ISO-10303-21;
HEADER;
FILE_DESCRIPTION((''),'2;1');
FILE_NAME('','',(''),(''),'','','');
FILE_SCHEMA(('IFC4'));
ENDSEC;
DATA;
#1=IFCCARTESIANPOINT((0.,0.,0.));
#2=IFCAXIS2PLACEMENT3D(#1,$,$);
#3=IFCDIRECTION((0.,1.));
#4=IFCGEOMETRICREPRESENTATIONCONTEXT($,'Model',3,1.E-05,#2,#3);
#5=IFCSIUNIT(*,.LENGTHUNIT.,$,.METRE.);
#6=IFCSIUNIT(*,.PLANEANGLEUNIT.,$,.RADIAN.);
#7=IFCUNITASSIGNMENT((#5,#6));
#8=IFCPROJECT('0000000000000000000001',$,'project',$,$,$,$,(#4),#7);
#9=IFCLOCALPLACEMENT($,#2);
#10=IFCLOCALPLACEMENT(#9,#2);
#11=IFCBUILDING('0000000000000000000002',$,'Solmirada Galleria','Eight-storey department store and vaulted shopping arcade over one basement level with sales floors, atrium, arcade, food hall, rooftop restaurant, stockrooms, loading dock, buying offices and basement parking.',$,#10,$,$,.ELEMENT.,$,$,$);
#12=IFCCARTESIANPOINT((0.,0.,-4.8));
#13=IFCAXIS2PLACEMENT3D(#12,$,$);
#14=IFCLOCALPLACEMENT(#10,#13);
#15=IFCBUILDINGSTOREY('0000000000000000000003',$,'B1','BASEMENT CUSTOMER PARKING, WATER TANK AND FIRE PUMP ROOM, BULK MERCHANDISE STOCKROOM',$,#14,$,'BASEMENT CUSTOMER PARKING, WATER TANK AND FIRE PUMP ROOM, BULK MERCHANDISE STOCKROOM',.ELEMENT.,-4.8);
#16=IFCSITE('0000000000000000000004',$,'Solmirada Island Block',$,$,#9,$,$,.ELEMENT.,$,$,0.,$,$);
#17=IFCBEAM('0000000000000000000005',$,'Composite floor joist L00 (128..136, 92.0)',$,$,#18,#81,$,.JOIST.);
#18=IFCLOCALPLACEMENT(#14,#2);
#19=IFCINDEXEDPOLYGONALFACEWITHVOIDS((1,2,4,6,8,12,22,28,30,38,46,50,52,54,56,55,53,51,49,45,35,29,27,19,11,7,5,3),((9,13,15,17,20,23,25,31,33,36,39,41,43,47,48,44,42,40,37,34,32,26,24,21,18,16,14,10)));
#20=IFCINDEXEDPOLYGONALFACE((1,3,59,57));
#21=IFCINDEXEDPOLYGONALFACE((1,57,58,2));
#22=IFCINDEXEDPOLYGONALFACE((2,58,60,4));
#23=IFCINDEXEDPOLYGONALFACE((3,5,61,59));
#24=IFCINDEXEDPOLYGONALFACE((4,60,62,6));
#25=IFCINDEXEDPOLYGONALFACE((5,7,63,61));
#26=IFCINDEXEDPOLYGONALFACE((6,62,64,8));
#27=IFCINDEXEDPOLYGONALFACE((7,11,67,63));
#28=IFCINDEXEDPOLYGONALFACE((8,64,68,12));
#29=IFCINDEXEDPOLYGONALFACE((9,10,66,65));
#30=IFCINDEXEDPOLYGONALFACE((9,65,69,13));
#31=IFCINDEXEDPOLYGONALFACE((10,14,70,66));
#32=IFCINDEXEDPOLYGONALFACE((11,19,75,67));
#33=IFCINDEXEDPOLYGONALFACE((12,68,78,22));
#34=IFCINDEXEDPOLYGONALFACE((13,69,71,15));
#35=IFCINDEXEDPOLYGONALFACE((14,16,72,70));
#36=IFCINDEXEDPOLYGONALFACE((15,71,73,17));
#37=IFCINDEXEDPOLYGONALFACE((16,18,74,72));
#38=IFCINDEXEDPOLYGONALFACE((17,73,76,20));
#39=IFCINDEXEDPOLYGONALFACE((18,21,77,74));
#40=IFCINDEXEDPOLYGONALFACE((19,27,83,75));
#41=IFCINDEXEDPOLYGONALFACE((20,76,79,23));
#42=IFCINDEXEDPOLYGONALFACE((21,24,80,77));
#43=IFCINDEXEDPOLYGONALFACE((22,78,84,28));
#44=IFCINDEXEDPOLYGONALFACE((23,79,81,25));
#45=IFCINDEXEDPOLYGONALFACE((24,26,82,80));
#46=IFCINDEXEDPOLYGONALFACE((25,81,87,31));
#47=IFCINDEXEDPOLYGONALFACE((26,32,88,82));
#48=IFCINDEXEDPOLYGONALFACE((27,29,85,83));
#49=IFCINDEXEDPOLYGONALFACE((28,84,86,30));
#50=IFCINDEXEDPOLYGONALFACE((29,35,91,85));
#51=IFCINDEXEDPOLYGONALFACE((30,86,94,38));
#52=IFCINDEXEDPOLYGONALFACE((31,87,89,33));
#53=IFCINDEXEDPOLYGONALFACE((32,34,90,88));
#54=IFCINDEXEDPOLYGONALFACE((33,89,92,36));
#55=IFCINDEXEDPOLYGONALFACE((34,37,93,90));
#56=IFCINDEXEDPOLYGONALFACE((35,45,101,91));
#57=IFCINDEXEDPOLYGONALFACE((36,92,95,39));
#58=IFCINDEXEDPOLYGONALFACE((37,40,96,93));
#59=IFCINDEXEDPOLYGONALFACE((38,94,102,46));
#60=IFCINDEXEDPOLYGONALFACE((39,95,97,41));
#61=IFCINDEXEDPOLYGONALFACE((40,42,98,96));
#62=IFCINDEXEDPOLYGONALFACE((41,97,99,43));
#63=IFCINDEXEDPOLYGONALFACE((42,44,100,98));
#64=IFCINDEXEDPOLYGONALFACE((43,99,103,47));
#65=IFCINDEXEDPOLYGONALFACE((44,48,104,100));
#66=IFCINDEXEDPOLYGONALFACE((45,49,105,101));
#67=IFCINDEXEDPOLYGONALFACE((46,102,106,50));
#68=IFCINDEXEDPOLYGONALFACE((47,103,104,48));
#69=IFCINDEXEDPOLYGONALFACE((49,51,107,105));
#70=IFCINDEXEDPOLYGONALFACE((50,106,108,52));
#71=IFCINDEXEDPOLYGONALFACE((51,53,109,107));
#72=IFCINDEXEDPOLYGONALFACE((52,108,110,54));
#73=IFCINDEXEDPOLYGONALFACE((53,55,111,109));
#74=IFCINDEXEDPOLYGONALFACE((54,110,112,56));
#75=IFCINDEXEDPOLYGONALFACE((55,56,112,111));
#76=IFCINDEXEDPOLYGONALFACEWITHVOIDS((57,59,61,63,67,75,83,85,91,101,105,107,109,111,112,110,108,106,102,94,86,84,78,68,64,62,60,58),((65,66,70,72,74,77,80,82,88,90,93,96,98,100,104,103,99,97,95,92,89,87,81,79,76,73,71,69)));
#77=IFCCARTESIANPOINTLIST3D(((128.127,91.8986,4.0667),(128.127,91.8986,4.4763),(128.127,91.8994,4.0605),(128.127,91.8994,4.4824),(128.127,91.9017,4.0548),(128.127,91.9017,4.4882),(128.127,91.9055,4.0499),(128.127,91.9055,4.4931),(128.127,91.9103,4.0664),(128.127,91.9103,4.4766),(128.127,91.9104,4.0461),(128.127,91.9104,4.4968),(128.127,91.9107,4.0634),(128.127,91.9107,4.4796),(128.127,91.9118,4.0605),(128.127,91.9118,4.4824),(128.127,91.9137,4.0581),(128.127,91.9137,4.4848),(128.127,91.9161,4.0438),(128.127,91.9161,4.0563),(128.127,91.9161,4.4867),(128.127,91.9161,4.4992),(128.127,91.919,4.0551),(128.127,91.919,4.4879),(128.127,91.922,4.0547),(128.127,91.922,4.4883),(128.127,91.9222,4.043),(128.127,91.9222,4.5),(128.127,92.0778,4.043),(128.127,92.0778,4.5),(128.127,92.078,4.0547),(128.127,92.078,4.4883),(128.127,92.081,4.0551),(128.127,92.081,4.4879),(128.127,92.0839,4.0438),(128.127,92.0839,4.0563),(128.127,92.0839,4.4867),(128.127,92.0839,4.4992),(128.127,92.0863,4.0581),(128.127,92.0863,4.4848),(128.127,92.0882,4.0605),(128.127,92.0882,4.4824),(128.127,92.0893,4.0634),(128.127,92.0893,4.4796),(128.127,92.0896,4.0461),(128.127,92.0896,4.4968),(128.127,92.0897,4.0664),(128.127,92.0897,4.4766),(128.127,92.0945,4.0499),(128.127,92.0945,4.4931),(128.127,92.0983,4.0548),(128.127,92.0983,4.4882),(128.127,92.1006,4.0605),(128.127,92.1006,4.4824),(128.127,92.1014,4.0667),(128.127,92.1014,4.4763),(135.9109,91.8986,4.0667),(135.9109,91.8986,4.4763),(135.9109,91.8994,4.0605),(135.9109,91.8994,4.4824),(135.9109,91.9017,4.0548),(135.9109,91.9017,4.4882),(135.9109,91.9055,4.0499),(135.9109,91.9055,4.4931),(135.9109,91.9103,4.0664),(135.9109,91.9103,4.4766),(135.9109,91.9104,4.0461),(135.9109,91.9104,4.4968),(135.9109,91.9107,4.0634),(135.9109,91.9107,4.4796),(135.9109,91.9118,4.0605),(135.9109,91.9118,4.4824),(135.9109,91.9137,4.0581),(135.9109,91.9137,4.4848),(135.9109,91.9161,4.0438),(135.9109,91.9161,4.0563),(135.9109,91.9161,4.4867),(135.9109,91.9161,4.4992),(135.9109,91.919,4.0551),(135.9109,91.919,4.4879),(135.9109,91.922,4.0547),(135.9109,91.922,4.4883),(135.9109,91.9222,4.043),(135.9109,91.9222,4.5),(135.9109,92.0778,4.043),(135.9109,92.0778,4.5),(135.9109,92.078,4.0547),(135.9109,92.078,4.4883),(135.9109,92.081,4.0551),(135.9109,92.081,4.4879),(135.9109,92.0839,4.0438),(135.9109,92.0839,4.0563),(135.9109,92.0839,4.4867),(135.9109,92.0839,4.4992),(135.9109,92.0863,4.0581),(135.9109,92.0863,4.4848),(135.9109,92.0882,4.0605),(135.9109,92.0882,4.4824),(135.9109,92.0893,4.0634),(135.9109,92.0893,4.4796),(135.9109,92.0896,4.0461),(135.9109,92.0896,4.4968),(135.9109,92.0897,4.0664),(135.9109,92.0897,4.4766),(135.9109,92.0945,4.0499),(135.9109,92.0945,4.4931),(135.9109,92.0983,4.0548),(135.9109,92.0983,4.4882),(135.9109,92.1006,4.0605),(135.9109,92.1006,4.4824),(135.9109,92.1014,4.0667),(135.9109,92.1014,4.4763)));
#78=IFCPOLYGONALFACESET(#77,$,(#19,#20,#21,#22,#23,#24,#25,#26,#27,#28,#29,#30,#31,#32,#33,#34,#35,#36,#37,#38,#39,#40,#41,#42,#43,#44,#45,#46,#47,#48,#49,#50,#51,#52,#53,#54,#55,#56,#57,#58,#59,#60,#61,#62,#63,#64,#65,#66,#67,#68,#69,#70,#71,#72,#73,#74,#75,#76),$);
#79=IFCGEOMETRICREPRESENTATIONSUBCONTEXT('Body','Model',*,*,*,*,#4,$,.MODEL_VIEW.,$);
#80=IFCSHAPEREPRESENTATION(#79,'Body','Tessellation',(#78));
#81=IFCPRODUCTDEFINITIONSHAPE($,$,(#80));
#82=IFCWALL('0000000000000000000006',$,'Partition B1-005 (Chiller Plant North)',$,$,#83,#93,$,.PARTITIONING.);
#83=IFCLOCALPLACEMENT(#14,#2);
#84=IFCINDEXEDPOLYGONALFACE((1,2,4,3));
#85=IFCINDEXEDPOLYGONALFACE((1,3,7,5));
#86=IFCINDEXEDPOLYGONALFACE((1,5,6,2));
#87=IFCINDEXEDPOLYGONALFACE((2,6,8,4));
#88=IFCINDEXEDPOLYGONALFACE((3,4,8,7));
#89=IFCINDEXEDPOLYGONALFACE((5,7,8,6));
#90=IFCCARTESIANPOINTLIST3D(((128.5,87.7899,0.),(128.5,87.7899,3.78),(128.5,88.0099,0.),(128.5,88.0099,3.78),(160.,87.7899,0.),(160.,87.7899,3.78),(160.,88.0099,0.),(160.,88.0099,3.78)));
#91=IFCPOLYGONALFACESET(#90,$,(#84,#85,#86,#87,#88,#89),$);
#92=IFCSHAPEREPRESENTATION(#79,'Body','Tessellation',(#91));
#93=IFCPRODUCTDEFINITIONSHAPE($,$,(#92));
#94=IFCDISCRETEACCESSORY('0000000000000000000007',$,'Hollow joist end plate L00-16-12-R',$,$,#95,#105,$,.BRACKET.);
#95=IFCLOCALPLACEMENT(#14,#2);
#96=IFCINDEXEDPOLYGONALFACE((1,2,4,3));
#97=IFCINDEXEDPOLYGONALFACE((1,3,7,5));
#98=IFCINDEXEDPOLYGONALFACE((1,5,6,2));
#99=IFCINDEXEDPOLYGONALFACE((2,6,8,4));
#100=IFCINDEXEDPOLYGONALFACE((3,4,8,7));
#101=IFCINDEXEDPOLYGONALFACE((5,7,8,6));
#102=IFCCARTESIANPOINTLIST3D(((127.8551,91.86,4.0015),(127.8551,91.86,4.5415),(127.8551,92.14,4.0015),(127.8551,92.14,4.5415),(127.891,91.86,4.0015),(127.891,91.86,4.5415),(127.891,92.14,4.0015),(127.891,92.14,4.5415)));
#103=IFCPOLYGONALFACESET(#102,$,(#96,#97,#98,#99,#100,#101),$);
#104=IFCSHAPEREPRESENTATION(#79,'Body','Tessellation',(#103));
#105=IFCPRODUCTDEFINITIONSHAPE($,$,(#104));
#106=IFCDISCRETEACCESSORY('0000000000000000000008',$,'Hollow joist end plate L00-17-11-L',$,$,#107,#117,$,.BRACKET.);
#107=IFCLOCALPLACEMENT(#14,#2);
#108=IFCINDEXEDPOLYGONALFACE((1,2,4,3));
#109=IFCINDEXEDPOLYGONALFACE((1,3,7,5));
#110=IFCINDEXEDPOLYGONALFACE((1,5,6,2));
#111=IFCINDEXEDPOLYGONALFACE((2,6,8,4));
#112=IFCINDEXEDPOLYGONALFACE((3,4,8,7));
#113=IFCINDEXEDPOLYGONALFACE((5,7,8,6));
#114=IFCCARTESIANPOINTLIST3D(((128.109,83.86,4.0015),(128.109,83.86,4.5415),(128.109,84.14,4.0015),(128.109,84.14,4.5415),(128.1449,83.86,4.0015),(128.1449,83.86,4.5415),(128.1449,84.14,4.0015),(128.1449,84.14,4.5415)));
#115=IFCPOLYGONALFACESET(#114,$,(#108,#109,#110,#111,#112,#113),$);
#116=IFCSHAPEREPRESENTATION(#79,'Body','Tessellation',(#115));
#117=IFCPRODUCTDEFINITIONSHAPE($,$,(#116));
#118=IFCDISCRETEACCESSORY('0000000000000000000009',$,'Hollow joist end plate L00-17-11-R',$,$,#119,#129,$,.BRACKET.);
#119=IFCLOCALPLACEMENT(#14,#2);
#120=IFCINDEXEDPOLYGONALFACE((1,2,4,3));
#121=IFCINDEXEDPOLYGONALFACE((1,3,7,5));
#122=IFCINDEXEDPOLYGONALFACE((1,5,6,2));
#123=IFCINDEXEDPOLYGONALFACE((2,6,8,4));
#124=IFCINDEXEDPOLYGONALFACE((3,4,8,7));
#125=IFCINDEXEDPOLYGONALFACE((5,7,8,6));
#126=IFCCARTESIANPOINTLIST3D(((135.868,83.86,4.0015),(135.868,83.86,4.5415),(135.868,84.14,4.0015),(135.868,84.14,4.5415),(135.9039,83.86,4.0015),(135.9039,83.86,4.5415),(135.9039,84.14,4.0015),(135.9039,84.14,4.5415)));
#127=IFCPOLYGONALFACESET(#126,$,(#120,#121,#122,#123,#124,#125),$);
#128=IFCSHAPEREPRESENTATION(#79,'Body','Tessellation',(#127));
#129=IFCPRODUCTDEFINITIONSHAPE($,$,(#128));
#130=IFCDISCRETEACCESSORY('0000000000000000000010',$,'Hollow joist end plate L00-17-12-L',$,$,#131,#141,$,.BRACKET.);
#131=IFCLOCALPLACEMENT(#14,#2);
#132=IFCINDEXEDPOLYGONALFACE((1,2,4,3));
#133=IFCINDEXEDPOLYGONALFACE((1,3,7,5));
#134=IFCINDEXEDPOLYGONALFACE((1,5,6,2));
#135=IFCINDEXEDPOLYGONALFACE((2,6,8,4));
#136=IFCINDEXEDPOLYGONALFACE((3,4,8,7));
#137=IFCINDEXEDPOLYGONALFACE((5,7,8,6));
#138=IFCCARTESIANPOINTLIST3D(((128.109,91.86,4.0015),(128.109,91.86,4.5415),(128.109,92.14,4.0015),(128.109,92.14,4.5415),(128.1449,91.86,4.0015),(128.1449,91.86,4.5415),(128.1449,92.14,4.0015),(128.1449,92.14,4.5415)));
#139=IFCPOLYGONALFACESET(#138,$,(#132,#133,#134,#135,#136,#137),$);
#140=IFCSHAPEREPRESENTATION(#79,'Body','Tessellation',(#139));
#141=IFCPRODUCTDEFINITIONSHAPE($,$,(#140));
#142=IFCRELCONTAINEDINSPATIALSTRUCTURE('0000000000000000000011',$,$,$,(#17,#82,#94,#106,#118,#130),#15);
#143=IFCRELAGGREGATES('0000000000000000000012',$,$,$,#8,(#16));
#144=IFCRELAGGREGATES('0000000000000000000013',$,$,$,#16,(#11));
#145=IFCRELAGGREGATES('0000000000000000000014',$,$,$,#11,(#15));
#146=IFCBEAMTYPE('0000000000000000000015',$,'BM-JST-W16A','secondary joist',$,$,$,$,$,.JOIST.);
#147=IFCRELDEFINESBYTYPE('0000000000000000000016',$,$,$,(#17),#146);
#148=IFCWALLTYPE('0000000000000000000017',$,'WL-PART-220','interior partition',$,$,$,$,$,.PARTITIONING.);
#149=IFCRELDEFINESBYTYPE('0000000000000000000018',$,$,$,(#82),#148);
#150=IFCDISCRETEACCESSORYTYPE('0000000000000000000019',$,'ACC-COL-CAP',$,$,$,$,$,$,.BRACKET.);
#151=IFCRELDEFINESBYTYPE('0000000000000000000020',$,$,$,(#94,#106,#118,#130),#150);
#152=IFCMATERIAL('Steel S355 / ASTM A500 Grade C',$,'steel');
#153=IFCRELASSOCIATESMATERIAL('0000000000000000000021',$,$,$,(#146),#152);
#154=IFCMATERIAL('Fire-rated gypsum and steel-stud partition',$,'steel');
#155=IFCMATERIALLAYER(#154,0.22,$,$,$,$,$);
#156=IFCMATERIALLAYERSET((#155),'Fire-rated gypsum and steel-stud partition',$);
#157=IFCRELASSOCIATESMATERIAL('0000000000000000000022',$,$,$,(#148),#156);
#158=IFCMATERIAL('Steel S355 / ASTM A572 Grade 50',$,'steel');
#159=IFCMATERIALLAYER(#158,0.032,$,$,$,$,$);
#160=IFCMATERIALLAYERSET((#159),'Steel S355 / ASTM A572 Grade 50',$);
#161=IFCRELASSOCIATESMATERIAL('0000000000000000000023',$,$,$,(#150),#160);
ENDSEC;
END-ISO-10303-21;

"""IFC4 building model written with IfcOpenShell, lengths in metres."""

from ifc_helpers import new_model, si_unit, direction, frame, frame_2d, origin, origin_2d, place, context, subcontext, project, spatial, rectangle, hollow_rectangle, extrude, material, layer, layer_set, material_profile, profile_set, type_object, element, save


model = new_model("IFC4")

# Units and contexts
model_context = context("Model", 3, precision=1e-05, world=origin(), true_north=direction((0.0, 1.0)))
body_context = subcontext(model_context, "Body", "Model", "MODEL_VIEW")
ifc_project = project(units=[si_unit("LENGTHUNIT", "METRE"), si_unit("PLANEANGLEUNIT", "RADIAN")], contexts=[model_context])

# Site, building, storey
site_placement = place(None, origin())
site = spatial("IfcSite", under=ifc_project, at=site_placement, Name="Solmirada Island Block", CompositionType="ELEMENT", RefElevation=0.0)
building_placement = place(site_placement, origin())
building = spatial("IfcBuilding", under=site, at=building_placement, Name="Solmirada Galleria", Description="Eight-storey department store and vaulted shopping arcade over one basement level with sales floors, atrium, arcade, food hall, rooftop restaurant, stockrooms, loading dock, buying offices and basement parking.", CompositionType="ELEMENT")
storey_placement = place(building_placement, frame((0.0, 0.0, -4.8)))
storey = spatial("IfcBuildingStorey", under=building, at=storey_placement, Name="B1", Description="BASEMENT CUSTOMER PARKING, WATER TANK AND FIRE PUMP ROOM, BULK MERCHANDISE STOCKROOM", LongName="BASEMENT CUSTOMER PARKING, WATER TANK AND FIRE PUMP ROOM, BULK MERCHANDISE STOCKROOM", CompositionType="ELEMENT", Elevation=-4.8)

# Shared definitions
ifc_material_1 = material(Name="Steel S355 / ASTM A500 Grade C", Category="steel")

# Beam
ifc_material_profile_1 = material_profile(ifc_material_1, hollow_rectangle(XDim=0.2029, YDim=0.457, WallThickness=0.0117, InnerFilletRadius=0.0117, OuterFilletRadius=0.0237, at=origin_2d()), Name="HSS18X8X1/2")
ifc_profile_set_1 = profile_set([ifc_material_profile_1], Name="Steel S355 / ASTM A500 Grade C")
beam_type_1 = type_object("IfcBeamType", Name="BM-JST-W16A", Description="secondary joist", PredefinedType="JOIST", material=ifc_profile_set_1)
beam_1_placement = place(storey_placement, frame((128.127, 92.0, 4.2715), z_axis=(1.0, 0.0, 0.0), x_axis=(0.0, 1.0, 0.0)))
element("IfcBeam", 1, at=beam_1_placement, inside=storey, type_object=beam_type_1, Name="Composite floor joist L00 (128..136, 92.0)", PredefinedType="JOIST", context=body_context, shape_type="SweptSolid", body=[
    extrude(hollow_rectangle(XDim=0.2029, YDim=0.457, WallThickness=0.0117, InnerFilletRadius=0.0117, OuterFilletRadius=0.0237, at=origin_2d()), origin(), (0.0, 0.0, 1.0), 7.7839),
])

# Wall
ifc_material_2 = material(Name="Fire-rated gypsum and steel-stud partition", Category="steel")
ifc_layer_1 = layer(ifc_material_2, 0.22)
ifc_layer_set_1 = layer_set([ifc_layer_1], Name="Fire-rated gypsum and steel-stud partition")
wall_type = type_object("IfcWallType", Name="WL-PART-220", Description="interior partition", PredefinedType="PARTITIONING", material=ifc_layer_set_1)
wall_placement = place(storey_placement, frame((128.5, 87.8999, 0.0), z_axis=(0.0, 0.0, 1.0), x_axis=(1.0, 0.0, 0.0)))
element("IfcWall", 2, at=wall_placement, inside=storey, type_object=wall_type, Name="Partition B1-005 (Chiller Plant North)", PredefinedType="PARTITIONING", context=body_context, shape_type="SweptSolid", body=[
    extrude(rectangle(XDim=31.5, YDim=0.22, at=frame_2d((15.75, 0.0))), origin(), (0.0, 0.0, 1.0), 3.78),
])

# Discrete accessories
ifc_material_3 = material(Name="Steel S355 / ASTM A572 Grade 50", Category="steel")
ifc_layer_2 = layer(ifc_material_3, 0.032)
ifc_layer_set_2 = layer_set([ifc_layer_2], Name="Steel S355 / ASTM A572 Grade 50")
discrete_accessory_type = type_object("IfcDiscreteAccessoryType", Name="ACC-COL-CAP", PredefinedType="BRACKET", material=ifc_layer_set_2)
for number, where, z_axis, x_axis, name in (
    (3, (127.873, 92.0, 4.0015), (0.0, 0.0, 1.0), (1.0, 0.0, 0.0), "Hollow joist end plate L00-16-12-R"),
    (4, (128.127, 84.0, 4.0015), (0.0, 0.0, 1.0), (1.0, 0.0, 0.0), "Hollow joist end plate L00-17-11-L"),
    (5, (135.886, 84.0, 4.0015), (0.0, 0.0, 1.0), (1.0, 0.0, 0.0), "Hollow joist end plate L00-17-11-R"),
    (6, (128.127, 92.0, 4.0015), (0.0, 0.0, 1.0), (1.0, 0.0, 0.0), "Hollow joist end plate L00-17-12-L"),
):
    element("IfcDiscreteAccessory", number, at=place(storey_placement, frame(where, z_axis=z_axis, x_axis=x_axis)), inside=storey, type_object=discrete_accessory_type, Name=name, PredefinedType="BRACKET", context=body_context, shape_type="SweptSolid", body=[
        extrude(rectangle(XDim=0.0359, YDim=0.28, at=origin_2d()), origin(), (0.0, 0.0, 1.0), 0.54),
    ])

save(model, "model.ifc")
